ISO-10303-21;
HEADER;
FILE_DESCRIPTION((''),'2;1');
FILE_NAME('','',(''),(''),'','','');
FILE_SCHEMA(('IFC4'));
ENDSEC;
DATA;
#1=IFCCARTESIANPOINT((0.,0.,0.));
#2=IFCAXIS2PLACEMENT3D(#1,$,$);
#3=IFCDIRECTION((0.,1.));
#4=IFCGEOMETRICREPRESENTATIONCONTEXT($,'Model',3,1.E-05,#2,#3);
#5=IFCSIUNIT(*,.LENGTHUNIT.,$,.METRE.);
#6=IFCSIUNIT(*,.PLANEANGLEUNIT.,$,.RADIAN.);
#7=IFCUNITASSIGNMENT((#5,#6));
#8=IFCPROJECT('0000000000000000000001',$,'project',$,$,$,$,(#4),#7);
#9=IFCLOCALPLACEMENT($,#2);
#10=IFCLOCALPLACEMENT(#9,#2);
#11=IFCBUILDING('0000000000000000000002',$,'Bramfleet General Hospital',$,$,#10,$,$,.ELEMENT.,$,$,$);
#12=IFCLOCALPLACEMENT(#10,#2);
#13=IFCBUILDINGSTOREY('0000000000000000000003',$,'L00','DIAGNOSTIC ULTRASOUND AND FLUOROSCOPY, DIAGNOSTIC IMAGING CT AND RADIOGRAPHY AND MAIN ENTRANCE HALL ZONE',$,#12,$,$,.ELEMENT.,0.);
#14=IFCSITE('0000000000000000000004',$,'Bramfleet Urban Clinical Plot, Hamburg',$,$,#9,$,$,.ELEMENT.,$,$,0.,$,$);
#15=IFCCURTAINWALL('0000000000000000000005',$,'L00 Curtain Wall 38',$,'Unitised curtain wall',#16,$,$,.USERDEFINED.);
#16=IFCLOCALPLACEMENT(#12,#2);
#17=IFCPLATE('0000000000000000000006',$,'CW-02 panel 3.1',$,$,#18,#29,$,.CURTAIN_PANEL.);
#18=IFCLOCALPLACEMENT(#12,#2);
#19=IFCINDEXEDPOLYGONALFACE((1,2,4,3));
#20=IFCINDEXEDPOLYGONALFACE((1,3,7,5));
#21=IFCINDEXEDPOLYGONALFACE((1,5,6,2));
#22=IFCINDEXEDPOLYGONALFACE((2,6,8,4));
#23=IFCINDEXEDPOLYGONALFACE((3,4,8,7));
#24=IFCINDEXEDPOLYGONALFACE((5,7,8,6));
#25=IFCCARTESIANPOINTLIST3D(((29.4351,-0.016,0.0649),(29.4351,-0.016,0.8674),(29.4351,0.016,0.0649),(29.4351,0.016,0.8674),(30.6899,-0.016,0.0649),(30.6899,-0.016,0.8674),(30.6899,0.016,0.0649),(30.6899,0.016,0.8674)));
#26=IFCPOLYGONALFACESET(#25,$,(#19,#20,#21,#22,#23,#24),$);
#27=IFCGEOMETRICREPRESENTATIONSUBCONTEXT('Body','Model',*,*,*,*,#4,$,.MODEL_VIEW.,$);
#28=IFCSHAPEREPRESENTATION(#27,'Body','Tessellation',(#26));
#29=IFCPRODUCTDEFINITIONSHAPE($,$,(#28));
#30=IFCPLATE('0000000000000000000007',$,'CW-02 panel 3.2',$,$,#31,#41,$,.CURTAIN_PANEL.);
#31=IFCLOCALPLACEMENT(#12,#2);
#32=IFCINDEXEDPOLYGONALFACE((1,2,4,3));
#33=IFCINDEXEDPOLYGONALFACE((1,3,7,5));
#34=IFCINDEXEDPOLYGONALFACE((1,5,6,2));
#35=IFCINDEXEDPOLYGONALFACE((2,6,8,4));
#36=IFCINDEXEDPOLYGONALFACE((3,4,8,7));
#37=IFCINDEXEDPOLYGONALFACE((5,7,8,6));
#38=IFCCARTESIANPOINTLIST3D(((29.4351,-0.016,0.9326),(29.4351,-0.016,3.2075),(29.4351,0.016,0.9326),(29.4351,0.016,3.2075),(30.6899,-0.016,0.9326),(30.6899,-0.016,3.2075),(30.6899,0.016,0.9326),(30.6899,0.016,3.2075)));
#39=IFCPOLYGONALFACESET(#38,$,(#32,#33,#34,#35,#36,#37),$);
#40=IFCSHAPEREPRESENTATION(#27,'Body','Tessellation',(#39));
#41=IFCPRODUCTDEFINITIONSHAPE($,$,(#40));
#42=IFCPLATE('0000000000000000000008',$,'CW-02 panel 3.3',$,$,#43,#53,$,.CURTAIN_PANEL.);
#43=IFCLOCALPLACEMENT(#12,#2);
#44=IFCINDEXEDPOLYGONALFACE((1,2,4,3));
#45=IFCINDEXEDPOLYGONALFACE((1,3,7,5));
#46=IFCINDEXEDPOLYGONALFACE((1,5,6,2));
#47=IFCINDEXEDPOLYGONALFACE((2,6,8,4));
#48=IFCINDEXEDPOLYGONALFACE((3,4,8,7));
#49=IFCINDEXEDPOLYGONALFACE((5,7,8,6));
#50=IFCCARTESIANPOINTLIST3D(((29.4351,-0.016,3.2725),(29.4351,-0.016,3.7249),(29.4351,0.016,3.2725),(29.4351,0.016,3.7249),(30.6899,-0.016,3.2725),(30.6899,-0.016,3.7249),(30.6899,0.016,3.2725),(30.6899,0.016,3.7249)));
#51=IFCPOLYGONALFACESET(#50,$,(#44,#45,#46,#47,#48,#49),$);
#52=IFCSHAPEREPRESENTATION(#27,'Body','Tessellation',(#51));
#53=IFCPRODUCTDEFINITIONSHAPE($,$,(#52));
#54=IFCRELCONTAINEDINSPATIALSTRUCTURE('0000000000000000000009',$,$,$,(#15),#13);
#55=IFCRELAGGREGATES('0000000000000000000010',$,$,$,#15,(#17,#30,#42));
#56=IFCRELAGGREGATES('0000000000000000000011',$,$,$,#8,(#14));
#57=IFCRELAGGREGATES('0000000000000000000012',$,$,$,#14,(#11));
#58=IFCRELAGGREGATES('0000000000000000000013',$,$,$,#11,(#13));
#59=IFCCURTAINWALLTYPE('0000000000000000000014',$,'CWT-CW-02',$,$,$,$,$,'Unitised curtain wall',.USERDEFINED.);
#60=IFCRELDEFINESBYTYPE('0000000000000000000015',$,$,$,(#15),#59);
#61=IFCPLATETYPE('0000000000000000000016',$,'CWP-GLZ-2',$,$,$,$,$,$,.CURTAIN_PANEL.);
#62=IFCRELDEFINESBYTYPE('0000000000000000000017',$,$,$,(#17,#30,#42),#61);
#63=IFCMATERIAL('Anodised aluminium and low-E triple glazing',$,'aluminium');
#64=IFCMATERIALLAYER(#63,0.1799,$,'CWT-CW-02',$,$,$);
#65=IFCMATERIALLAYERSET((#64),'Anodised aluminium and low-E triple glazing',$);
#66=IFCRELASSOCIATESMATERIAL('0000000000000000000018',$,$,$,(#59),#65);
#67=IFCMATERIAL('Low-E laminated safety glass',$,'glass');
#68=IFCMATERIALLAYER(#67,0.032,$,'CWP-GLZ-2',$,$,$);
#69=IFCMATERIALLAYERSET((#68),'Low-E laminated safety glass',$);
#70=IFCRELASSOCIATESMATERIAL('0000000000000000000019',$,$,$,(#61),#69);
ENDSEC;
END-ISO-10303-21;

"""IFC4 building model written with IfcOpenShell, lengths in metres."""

from ifc_helpers import new_model, si_unit, direction, frame, origin, origin_2d, place, context, subcontext, project, spatial, rectangle, extrude, material, layer, layer_set, type_object, element, aggregate, save


model = new_model("IFC4")

# Units and contexts
model_context = context("Model", 3, precision=1e-05, world=origin(), true_north=direction((0.0, 1.0)))
body_context = subcontext(model_context, "Body", "Model", "MODEL_VIEW")
ifc_project = project(units=[si_unit("LENGTHUNIT", "METRE"), si_unit("PLANEANGLEUNIT", "RADIAN")], contexts=[model_context])

# Site, building, storey
site_placement = place(None, origin())
site = spatial("IfcSite", under=ifc_project, at=site_placement, Name="Bramfleet Urban Clinical Plot, Hamburg", CompositionType="ELEMENT", RefElevation=0.0)
building_placement = place(site_placement, origin())
building = spatial("IfcBuilding", under=site, at=building_placement, Name="Bramfleet General Hospital", CompositionType="ELEMENT")
storey_placement = place(building_placement, origin())
storey = spatial("IfcBuildingStorey", under=building, at=storey_placement, Name="L00", Description="DIAGNOSTIC ULTRASOUND AND FLUOROSCOPY, DIAGNOSTIC IMAGING CT AND RADIOGRAPHY AND MAIN ENTRANCE HALL ZONE", CompositionType="ELEMENT", Elevation=0.0)

# Curtain wall, plates
ifc_material_1 = material(Name="Anodised aluminium and low-E triple glazing", Category="aluminium")
ifc_layer_1 = layer(ifc_material_1, 0.1799, Name="CWT-CW-02")
ifc_layer_set_1 = layer_set([ifc_layer_1], Name="Anodised aluminium and low-E triple glazing")
curtain_wall_type = type_object("IfcCurtainWallType", Name="CWT-CW-02", ElementType="Unitised curtain wall", PredefinedType="USERDEFINED", material=ifc_layer_set_1)
curtain_wall_placement = place(storey_placement, origin())
curtain_wall = element("IfcCurtainWall", 1, at=curtain_wall_placement, inside=storey, type_object=curtain_wall_type, Name="L00 Curtain Wall 38", ObjectType="Unitised curtain wall", PredefinedType="USERDEFINED")
ifc_material_2 = material(Name="Low-E laminated safety glass", Category="glass")
ifc_layer_2 = layer(ifc_material_2, 0.032, Name="CWP-GLZ-2")
ifc_layer_set_2 = layer_set([ifc_layer_2], Name="Low-E laminated safety glass")
plate_type = type_object("IfcPlateType", Name="CWP-GLZ-2", PredefinedType="CURTAIN_PANEL", material=ifc_layer_set_2)
plate_1_placement = place(storey_placement, frame((30.0625, 0.0, 0.0649), z_axis=(0.0, 0.0, 1.0), x_axis=(-1.0, 0.0, 0.0)))
plate_1 = element("IfcPlate", 2, at=plate_1_placement, type_object=plate_type, Name="CW-02 panel 3.1", PredefinedType="CURTAIN_PANEL", context=body_context, shape_type="SweptSolid", body=[
    extrude(rectangle(XDim=1.2549, YDim=0.032, at=origin_2d()), origin(), (0.0, 0.0, 1.0), 0.8025),
])
plate_2_placement = place(storey_placement, frame((30.0625, 0.0, 0.9326), z_axis=(0.0, 0.0, 1.0), x_axis=(-1.0, 0.0, 0.0)))
plate_2 = element("IfcPlate", 3, at=plate_2_placement, type_object=plate_type, Name="CW-02 panel 3.2", PredefinedType="CURTAIN_PANEL", context=body_context, shape_type="SweptSolid", body=[
    extrude(rectangle(XDim=1.2549, YDim=0.032, at=origin_2d()), origin(), (0.0, 0.0, 1.0), 2.2749),
])
plate_3_placement = place(storey_placement, frame((30.0625, 0.0, 3.2725), z_axis=(0.0, 0.0, 1.0), x_axis=(-1.0, 0.0, 0.0)))
plate_3 = element("IfcPlate", 4, at=plate_3_placement, type_object=plate_type, Name="CW-02 panel 3.3", PredefinedType="CURTAIN_PANEL", context=body_context, shape_type="SweptSolid", body=[
    extrude(rectangle(XDim=1.2549, YDim=0.032, at=origin_2d()), origin(), (0.0, 0.0, 1.0), 0.4524),
])
aggregate(curtain_wall, [plate_1, plate_2, plate_3])

save(model, "model.ifc")
